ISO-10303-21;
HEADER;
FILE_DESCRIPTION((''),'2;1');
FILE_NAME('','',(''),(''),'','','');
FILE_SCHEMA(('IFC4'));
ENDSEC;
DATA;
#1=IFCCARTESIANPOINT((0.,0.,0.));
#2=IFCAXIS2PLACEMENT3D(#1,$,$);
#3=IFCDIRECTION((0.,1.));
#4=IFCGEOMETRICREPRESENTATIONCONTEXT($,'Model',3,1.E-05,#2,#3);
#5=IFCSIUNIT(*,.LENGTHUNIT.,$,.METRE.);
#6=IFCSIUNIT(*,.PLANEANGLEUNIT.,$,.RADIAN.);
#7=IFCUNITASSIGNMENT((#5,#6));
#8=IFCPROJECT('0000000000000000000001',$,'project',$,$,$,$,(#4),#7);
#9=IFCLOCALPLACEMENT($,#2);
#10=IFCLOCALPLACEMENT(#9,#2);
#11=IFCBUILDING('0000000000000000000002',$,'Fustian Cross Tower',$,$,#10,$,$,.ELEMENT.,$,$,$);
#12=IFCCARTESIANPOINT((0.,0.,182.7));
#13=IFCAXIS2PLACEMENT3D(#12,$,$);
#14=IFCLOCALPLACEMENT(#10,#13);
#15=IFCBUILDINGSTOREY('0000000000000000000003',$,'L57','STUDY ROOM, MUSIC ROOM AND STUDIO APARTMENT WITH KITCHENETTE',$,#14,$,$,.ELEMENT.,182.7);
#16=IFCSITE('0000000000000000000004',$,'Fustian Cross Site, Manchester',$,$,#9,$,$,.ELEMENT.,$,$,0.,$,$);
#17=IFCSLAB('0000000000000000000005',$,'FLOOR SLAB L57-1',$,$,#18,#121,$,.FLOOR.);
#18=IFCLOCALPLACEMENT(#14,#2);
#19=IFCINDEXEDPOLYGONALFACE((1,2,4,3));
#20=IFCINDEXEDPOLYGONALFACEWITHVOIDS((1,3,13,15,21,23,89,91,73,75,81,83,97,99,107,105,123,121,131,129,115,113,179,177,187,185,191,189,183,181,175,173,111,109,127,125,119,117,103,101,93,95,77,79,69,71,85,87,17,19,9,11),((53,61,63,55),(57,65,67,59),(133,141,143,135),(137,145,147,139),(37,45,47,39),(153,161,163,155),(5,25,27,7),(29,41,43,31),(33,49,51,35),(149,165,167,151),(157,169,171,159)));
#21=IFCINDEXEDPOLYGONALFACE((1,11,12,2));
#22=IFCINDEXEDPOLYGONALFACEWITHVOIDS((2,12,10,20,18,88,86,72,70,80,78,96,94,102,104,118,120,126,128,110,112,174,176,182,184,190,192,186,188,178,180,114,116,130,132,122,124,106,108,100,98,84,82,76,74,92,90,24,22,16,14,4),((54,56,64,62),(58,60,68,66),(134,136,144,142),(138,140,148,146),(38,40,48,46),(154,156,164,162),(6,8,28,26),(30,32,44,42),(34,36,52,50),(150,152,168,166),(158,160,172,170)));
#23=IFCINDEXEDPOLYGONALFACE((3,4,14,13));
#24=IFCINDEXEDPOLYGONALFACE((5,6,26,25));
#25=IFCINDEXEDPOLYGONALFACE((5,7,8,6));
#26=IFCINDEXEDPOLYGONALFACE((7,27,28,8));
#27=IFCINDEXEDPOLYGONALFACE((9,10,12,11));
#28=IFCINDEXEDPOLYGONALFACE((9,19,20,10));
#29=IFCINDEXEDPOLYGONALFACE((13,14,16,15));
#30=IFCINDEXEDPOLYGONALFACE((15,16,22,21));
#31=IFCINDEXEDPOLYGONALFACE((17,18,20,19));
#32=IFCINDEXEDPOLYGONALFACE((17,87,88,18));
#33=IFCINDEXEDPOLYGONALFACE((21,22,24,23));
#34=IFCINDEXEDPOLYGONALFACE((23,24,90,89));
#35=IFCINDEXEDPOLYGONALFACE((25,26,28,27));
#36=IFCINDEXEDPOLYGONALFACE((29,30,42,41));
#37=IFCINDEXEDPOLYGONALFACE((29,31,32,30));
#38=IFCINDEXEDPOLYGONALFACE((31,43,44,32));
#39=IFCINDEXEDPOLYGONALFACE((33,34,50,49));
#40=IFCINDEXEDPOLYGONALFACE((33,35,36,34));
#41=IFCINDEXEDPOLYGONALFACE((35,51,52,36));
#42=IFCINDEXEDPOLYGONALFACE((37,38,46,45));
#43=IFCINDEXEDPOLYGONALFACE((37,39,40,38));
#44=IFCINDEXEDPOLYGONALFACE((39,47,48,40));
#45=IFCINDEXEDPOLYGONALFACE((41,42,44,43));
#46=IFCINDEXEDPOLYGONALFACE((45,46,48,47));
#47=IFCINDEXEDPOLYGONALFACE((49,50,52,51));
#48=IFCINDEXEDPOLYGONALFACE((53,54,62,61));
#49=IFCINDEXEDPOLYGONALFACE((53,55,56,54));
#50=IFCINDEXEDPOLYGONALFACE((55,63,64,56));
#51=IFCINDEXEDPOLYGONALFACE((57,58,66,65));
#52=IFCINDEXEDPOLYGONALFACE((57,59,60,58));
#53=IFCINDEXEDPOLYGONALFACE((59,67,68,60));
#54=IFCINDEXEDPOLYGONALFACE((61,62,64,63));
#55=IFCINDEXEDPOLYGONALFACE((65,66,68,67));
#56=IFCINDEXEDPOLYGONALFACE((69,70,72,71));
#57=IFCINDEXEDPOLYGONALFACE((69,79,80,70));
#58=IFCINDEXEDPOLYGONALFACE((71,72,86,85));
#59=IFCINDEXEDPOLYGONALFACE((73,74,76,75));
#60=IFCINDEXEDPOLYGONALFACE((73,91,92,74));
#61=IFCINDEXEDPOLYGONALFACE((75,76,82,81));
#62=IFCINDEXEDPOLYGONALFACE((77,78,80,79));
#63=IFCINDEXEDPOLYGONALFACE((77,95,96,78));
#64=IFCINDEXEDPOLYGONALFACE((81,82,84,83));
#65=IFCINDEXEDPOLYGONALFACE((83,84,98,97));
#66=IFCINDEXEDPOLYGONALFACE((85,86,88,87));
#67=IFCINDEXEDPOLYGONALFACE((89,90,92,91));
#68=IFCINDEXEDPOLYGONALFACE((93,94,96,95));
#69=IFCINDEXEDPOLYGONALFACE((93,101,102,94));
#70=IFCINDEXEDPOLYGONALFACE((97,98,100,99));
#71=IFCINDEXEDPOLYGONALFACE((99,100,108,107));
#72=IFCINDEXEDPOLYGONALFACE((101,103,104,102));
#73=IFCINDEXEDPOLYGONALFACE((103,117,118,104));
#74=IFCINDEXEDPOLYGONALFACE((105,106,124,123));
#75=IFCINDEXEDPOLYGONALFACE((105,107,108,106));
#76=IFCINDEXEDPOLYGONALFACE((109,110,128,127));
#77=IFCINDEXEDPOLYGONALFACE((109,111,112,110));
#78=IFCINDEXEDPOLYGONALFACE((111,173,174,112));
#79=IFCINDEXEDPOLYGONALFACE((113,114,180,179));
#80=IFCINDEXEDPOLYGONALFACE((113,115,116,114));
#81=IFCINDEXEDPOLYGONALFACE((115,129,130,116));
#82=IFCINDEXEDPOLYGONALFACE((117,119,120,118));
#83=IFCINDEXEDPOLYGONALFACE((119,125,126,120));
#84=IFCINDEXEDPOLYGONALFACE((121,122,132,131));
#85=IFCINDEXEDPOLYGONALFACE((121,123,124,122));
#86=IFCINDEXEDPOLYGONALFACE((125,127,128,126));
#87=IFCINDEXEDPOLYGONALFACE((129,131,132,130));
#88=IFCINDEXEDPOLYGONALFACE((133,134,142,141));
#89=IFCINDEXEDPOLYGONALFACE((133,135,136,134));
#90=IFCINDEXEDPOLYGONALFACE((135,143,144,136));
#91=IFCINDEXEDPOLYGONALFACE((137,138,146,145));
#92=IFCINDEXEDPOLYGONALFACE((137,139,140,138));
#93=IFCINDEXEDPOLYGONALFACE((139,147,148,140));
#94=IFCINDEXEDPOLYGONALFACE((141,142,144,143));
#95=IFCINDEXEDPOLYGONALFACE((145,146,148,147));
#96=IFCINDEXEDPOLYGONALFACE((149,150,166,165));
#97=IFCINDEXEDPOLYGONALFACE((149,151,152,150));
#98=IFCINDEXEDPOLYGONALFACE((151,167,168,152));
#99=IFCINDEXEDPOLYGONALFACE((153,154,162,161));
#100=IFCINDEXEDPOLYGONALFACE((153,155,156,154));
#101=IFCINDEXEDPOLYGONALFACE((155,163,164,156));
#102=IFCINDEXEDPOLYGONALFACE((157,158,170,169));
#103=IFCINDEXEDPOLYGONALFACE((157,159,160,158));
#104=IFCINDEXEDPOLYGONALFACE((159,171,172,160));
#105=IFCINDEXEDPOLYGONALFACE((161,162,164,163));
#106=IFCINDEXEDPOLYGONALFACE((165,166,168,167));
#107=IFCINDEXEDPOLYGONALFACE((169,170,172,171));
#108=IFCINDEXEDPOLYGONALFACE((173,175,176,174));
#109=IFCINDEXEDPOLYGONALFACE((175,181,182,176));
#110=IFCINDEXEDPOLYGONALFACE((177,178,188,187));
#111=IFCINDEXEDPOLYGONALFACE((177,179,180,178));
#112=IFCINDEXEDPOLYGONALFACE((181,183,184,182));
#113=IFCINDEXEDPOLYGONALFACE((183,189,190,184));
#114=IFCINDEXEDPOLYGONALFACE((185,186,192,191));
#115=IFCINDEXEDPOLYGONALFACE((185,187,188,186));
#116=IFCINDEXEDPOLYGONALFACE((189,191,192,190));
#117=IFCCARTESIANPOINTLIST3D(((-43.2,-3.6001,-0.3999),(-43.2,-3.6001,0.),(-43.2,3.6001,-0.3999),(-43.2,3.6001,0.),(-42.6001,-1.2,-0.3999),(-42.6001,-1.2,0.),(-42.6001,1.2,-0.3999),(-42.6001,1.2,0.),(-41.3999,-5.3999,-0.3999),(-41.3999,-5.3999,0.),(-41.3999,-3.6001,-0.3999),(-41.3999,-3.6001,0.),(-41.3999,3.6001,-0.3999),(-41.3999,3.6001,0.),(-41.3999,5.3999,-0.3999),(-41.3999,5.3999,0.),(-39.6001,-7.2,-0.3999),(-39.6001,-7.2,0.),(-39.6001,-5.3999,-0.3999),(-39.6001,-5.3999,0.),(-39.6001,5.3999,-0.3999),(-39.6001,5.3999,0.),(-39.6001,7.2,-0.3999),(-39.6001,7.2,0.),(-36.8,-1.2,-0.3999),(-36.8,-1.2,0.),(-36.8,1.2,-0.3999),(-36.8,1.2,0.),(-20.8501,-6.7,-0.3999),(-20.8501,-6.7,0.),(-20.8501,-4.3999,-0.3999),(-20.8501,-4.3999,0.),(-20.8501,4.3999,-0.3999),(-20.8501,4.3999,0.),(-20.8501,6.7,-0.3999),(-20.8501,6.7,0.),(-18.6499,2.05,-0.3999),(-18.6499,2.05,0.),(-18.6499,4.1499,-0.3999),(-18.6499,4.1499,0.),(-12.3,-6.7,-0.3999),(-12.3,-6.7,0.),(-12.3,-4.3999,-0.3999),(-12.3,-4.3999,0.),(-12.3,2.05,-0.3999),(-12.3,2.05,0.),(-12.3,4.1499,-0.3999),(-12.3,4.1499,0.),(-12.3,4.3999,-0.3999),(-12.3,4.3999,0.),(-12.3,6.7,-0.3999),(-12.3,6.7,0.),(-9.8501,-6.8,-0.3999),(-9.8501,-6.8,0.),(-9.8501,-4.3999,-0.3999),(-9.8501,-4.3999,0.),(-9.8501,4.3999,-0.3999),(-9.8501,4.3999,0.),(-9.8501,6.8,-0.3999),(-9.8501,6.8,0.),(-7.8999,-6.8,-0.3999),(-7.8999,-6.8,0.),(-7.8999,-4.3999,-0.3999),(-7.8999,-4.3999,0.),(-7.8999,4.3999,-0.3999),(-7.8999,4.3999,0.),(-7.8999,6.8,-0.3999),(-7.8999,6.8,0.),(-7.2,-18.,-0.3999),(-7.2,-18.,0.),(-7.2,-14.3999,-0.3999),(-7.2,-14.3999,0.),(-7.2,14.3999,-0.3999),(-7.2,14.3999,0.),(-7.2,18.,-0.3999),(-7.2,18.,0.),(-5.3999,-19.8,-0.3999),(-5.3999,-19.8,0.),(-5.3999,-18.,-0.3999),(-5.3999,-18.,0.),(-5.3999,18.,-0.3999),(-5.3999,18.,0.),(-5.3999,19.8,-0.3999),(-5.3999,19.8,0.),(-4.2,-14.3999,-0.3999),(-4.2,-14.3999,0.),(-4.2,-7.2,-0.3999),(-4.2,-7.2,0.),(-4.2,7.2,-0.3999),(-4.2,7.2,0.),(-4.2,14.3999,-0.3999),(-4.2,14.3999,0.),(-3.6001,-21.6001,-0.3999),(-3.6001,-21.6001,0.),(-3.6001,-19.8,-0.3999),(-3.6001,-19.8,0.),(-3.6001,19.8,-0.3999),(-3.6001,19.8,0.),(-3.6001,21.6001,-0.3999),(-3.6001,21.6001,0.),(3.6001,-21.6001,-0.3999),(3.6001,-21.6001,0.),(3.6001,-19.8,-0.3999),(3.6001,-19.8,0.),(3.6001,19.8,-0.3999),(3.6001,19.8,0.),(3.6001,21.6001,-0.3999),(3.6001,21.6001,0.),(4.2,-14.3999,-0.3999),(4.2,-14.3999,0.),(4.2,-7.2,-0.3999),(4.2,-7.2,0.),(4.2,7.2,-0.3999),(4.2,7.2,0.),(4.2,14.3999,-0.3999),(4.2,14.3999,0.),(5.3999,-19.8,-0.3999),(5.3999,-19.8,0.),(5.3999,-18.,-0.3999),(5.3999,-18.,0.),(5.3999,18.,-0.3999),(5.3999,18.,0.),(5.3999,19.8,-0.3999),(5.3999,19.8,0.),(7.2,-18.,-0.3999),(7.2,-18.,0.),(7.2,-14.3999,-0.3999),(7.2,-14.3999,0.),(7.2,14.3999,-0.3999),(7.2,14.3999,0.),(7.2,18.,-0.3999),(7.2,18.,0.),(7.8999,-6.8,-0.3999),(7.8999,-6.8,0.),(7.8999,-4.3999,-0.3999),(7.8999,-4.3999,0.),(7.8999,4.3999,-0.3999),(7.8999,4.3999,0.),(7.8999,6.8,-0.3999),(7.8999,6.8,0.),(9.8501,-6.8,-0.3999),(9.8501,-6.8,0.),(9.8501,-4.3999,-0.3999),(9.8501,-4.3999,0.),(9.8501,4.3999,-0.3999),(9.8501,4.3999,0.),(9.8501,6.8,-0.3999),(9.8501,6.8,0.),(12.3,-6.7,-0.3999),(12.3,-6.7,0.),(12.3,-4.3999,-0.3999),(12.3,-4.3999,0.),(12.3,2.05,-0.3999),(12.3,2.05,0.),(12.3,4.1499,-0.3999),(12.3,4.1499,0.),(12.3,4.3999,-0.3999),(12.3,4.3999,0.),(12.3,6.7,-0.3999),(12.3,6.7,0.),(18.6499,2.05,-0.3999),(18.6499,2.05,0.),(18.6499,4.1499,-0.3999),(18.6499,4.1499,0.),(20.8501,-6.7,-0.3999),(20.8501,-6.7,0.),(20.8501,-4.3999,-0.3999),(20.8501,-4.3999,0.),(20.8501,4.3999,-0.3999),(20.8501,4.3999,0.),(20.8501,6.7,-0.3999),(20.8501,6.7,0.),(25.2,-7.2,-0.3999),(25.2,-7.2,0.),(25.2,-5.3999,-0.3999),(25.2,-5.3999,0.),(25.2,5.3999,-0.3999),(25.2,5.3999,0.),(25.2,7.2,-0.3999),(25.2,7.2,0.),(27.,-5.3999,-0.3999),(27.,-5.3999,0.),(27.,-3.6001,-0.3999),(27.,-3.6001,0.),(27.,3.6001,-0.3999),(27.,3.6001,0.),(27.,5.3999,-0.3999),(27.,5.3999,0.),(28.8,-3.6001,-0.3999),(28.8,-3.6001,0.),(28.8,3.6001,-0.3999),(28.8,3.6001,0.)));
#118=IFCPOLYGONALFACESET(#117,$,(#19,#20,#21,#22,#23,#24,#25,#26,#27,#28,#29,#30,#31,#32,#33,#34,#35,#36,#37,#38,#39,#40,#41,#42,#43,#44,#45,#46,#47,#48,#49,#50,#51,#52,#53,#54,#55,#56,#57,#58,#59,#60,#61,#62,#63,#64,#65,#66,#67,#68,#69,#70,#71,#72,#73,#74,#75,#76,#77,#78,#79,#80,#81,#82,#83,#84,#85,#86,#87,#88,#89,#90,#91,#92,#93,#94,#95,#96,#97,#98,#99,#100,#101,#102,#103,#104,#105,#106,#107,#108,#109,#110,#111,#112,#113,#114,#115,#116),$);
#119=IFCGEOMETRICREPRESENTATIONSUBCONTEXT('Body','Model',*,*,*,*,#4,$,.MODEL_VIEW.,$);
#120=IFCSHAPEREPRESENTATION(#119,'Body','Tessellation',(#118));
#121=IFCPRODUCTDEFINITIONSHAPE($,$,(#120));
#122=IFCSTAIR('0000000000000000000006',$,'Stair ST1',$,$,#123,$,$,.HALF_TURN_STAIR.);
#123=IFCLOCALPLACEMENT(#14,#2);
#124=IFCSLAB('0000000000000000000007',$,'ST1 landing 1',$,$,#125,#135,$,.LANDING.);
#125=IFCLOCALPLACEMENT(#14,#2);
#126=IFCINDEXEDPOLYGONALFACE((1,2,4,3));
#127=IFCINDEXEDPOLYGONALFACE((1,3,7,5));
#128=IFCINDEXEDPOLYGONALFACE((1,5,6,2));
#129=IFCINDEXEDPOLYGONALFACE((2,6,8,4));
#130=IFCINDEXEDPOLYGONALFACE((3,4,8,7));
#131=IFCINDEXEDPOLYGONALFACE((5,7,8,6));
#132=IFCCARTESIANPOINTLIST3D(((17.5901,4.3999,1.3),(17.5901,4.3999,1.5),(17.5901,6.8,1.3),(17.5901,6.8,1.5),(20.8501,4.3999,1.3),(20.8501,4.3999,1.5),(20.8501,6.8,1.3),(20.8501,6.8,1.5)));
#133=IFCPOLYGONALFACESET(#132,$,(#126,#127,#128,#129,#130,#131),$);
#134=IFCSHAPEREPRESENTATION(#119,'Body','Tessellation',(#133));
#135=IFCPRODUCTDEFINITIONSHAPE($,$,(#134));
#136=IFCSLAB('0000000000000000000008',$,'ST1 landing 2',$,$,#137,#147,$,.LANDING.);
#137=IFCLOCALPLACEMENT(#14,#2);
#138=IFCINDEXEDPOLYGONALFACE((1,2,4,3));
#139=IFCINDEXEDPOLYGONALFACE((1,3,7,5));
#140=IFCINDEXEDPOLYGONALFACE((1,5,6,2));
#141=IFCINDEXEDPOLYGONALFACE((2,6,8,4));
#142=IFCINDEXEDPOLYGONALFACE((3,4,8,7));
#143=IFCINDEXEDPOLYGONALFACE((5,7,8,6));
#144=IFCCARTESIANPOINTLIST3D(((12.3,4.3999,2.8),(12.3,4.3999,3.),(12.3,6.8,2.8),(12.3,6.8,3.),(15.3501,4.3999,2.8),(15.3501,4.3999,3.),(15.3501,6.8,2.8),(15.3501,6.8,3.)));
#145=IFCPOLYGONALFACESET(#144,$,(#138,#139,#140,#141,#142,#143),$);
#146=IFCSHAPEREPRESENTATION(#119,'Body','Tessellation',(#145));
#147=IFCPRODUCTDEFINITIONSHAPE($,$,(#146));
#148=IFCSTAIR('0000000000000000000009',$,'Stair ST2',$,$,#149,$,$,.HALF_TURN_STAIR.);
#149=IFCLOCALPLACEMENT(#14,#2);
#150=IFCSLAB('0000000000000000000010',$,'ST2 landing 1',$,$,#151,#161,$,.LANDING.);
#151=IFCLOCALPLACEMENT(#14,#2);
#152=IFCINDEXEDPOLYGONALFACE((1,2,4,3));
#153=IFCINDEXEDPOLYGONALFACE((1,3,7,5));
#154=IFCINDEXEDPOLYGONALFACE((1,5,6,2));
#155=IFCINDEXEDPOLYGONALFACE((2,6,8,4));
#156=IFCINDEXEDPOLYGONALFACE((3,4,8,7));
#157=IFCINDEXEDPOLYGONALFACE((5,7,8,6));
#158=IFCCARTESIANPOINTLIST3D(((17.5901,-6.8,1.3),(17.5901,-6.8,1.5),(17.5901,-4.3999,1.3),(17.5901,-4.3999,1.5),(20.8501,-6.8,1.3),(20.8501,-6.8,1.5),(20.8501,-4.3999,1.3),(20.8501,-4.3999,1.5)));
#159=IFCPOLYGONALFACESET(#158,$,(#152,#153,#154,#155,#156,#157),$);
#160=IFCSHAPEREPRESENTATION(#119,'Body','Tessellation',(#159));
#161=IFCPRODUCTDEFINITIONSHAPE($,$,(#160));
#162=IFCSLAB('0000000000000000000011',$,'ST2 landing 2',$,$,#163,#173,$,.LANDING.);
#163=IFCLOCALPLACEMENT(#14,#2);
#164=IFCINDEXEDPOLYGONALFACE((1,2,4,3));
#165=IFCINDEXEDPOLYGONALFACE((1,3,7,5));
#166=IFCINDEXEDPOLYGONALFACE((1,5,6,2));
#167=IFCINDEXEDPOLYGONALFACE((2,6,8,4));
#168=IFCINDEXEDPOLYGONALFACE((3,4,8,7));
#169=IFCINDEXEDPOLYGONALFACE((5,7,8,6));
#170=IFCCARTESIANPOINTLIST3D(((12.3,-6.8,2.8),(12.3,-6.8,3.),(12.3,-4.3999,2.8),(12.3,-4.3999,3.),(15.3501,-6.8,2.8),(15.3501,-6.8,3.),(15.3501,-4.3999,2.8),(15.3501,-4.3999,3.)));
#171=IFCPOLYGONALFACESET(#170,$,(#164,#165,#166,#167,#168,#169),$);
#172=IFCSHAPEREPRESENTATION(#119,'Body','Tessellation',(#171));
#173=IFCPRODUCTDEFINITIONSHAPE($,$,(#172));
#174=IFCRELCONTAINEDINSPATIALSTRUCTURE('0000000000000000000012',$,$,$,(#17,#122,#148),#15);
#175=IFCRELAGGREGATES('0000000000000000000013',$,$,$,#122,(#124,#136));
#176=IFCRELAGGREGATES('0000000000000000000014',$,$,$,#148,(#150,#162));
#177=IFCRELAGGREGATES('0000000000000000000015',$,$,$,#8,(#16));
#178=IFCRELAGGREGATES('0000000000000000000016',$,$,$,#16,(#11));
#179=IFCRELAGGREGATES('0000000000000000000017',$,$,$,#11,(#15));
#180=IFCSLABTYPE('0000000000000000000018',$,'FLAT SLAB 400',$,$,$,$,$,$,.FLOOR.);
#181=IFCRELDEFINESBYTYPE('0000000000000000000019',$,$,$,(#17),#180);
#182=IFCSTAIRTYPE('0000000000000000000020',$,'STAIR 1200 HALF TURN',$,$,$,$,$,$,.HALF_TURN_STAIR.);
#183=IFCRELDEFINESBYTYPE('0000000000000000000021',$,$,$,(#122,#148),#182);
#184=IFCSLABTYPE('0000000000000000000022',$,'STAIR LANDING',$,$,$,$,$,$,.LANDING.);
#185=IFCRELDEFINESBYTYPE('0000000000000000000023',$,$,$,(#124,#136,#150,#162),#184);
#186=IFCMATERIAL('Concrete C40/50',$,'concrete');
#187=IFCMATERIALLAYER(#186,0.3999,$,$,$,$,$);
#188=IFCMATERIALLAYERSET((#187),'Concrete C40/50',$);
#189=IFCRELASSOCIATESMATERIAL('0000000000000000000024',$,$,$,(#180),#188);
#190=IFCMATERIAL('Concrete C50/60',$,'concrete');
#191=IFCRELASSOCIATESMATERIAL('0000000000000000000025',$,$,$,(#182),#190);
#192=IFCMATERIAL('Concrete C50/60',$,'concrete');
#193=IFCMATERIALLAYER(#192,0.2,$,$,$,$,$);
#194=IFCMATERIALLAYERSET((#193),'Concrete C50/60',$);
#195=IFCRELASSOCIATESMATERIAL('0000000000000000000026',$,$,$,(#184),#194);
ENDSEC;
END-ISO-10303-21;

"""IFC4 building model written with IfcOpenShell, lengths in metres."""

from ifc_helpers import new_model, si_unit, direction, frame, origin, place, context, subcontext, project, spatial, polyline, outline, extrude, material, layer, layer_set, type_object, element, aggregate, save


model = new_model("IFC4")

# Units and contexts
model_context = context("Model", 3, precision=1e-05, world=origin(), true_north=direction((0.0, 1.0)))
body_context = subcontext(model_context, "Body", "Model", "MODEL_VIEW")
ifc_project = project(units=[si_unit("LENGTHUNIT", "METRE"), si_unit("PLANEANGLEUNIT", "RADIAN")], contexts=[model_context])

# Site, building, storey
site_placement = place(None, origin())
site = spatial("IfcSite", under=ifc_project, at=site_placement, Name="Fustian Cross Site, Manchester", CompositionType="ELEMENT", RefElevation=0.0)
building_placement = place(site_placement, origin())
building = spatial("IfcBuilding", under=site, at=building_placement, Name="Fustian Cross Tower", CompositionType="ELEMENT")
storey_placement = place(building_placement, frame((0.0, 0.0, 182.7)))
storey = spatial("IfcBuildingStorey", under=building, at=storey_placement, Name="L57", Description="STUDY ROOM, MUSIC ROOM AND STUDIO APARTMENT WITH KITCHENETTE", CompositionType="ELEMENT", Elevation=182.7)

# Slab
ifc_material_1 = material(Name="Concrete C40/50", Category="concrete")
ifc_layer_1 = layer(ifc_material_1, 0.3999)
ifc_layer_set_1 = layer_set([ifc_layer_1], Name="Concrete C40/50")
slab_type_1 = type_object("IfcSlabType", Name="FLAT SLAB 400", PredefinedType="FLOOR", material=ifc_layer_set_1)
slab_1_placement = place(storey_placement, frame((0.0, 0.0, -0.3999)))
element("IfcSlab", 1, at=slab_1_placement, inside=storey, type_object=slab_type_1, Name="FLOOR SLAB L57-1", PredefinedType="FLOOR", context=body_context, shape_type="SweptSolid", body=[
    extrude(outline(polyline([(-5.3999, -19.8), (-5.3999, -18.0), (-7.2, -18.0), (-7.2, -14.3999), (-4.2, -14.3999), (-4.2, -7.2), (-39.6001, -7.2), (-39.6001, -5.3999), (-41.3999, -5.3999), (-41.3999, -3.6001), (-43.2, -3.6001), (-43.2, 3.6001), (-41.3999, 3.6001), (-41.3999, 5.3999), (-39.6001, 5.3999), (-39.6001, 7.2), (-4.2, 7.2), (-4.2, 14.3999), (-7.2, 14.3999), (-7.2, 18.0), (-5.3999, 18.0), (-5.3999, 19.8), (-3.6001, 19.8), (-3.6001, 21.6001), (3.6001, 21.6001), (3.6001, 19.8), (5.3999, 19.8), (5.3999, 18.0), (7.2, 18.0), (7.2, 14.3999), (4.2, 14.3999), (4.2, 7.2), (25.2, 7.2), (25.2, 5.3999), (27.0, 5.3999), (27.0, 3.6001), (28.8, 3.6001), (28.8, -3.6001), (27.0, -3.6001), (27.0, -5.3999), (25.2, -5.3999), (25.2, -7.2), (4.2, -7.2), (4.2, -14.3999), (7.2, -14.3999), (7.2, -18.0), (5.3999, -18.0), (5.3999, -19.8), (3.6001, -19.8), (3.6001, -21.6001), (-3.6001, -21.6001), (-3.6001, -19.8), (-5.3999, -19.8)]), holes=[polyline([(7.8999, 4.3999), (9.8501, 4.3999), (9.8501, 6.8), (7.8999, 6.8), (7.8999, 4.3999)]), polyline([(7.8999, -4.3999), (7.8999, -6.8), (9.8501, -6.8), (9.8501, -4.3999), (7.8999, -4.3999)]), polyline([(-7.8999, 6.8), (-9.8501, 6.8), (-9.8501, 4.3999), (-7.8999, 4.3999), (-7.8999, 6.8)]), polyline([(-7.8999, -6.8), (-7.8999, -4.3999), (-9.8501, -4.3999), (-9.8501, -6.8), (-7.8999, -6.8)]), polyline([(12.3, 2.05), (18.6499, 2.05), (18.6499, 4.1499), (12.3, 4.1499), (12.3, 2.05)]), polyline([(-18.6499, 4.1499), (-18.6499, 2.05), (-12.3, 2.05), (-12.3, 4.1499), (-18.6499, 4.1499)]), polyline([(20.8501, 6.7), (12.3, 6.7), (12.3, 4.3999), (20.8501, 4.3999), (20.8501, 6.7)]), polyline([(20.8501, -6.7), (20.8501, -4.3999), (12.3, -4.3999), (12.3, -6.7), (20.8501, -6.7)]), polyline([(-20.8501, 4.3999), (-12.3, 4.3999), (-12.3, 6.7), (-20.8501, 6.7), (-20.8501, 4.3999)]), polyline([(-20.8501, -4.3999), (-20.8501, -6.7), (-12.3, -6.7), (-12.3, -4.3999), (-20.8501, -4.3999)]), polyline([(-36.8, 1.2), (-42.6001, 1.2), (-42.6001, -1.2), (-36.8, -1.2), (-36.8, 1.2)])]), origin(), (0.0, 0.0, 1.0), 0.3999),
])

# Stairs, slabs
ifc_material_2 = material(Name="Concrete C50/60", Category="concrete")
stair_type = type_object("IfcStairType", Name="STAIR 1200 HALF TURN", PredefinedType="HALF_TURN_STAIR", material=ifc_material_2)
stair_1_placement = place(storey_placement, origin())
stair_1 = element("IfcStair", 2, at=stair_1_placement, inside=storey, type_object=stair_type, Name="Stair ST1", PredefinedType="HALF_TURN_STAIR")
ifc_material_3 = material(Name="Concrete C50/60", Category="concrete")
ifc_layer_2 = layer(ifc_material_3, 0.2)
ifc_layer_set_2 = layer_set([ifc_layer_2], Name="Concrete C50/60")
slab_type_2 = type_object("IfcSlabType", Name="STAIR LANDING", PredefinedType="LANDING", material=ifc_layer_set_2)
slab_2_placement = place(storey_placement, frame((0.0, 0.0, 1.3)))
slab_2 = element("IfcSlab", 3, at=slab_2_placement, type_object=slab_type_2, Name="ST1 landing 1", PredefinedType="LANDING", context=body_context, shape_type="SweptSolid", body=[
    extrude(outline(polyline([(17.5901, 4.3999), (20.8501, 4.3999), (20.8501, 6.8), (17.5901, 6.8), (17.5901, 4.3999)])), origin(), (0.0, 0.0, 1.0), 0.2),
])
slab_3_placement = place(storey_placement, frame((0.0, 0.0, 2.8)))
slab_3 = element("IfcSlab", 4, at=slab_3_placement, type_object=slab_type_2, Name="ST1 landing 2", PredefinedType="LANDING", context=body_context, shape_type="SweptSolid", body=[
    extrude(outline(polyline([(12.3, 4.3999), (15.3501, 4.3999), (15.3501, 6.8), (12.3, 6.8), (12.3, 4.3999)])), origin(), (0.0, 0.0, 1.0), 0.2),
])
aggregate(stair_1, [slab_2, slab_3])
stair_2_placement = place(storey_placement, origin())
stair_2 = element("IfcStair", 5, at=stair_2_placement, inside=storey, type_object=stair_type, Name="Stair ST2", PredefinedType="HALF_TURN_STAIR")
slab_4_placement = place(storey_placement, frame((0.0, 0.0, 1.3)))
slab_4 = element("IfcSlab", 6, at=slab_4_placement, type_object=slab_type_2, Name="ST2 landing 1", PredefinedType="LANDING", context=body_context, shape_type="SweptSolid", body=[
    extrude(outline(polyline([(17.5901, -4.3999), (20.8501, -4.3999), (20.8501, -6.8), (17.5901, -6.8), (17.5901, -4.3999)])), origin(), (0.0, 0.0, 1.0), 0.2),
])
slab_5_placement = place(storey_placement, frame((0.0, 0.0, 2.8)))
slab_5 = element("IfcSlab", 7, at=slab_5_placement, type_object=slab_type_2, Name="ST2 landing 2", PredefinedType="LANDING", context=body_context, shape_type="SweptSolid", body=[
    extrude(outline(polyline([(12.3, -4.3999), (15.3501, -4.3999), (15.3501, -6.8), (12.3, -6.8), (12.3, -4.3999)])), origin(), (0.0, 0.0, 1.0), 0.2),
])
aggregate(stair_2, [slab_4, slab_5])

save(model, "model.ifc")
